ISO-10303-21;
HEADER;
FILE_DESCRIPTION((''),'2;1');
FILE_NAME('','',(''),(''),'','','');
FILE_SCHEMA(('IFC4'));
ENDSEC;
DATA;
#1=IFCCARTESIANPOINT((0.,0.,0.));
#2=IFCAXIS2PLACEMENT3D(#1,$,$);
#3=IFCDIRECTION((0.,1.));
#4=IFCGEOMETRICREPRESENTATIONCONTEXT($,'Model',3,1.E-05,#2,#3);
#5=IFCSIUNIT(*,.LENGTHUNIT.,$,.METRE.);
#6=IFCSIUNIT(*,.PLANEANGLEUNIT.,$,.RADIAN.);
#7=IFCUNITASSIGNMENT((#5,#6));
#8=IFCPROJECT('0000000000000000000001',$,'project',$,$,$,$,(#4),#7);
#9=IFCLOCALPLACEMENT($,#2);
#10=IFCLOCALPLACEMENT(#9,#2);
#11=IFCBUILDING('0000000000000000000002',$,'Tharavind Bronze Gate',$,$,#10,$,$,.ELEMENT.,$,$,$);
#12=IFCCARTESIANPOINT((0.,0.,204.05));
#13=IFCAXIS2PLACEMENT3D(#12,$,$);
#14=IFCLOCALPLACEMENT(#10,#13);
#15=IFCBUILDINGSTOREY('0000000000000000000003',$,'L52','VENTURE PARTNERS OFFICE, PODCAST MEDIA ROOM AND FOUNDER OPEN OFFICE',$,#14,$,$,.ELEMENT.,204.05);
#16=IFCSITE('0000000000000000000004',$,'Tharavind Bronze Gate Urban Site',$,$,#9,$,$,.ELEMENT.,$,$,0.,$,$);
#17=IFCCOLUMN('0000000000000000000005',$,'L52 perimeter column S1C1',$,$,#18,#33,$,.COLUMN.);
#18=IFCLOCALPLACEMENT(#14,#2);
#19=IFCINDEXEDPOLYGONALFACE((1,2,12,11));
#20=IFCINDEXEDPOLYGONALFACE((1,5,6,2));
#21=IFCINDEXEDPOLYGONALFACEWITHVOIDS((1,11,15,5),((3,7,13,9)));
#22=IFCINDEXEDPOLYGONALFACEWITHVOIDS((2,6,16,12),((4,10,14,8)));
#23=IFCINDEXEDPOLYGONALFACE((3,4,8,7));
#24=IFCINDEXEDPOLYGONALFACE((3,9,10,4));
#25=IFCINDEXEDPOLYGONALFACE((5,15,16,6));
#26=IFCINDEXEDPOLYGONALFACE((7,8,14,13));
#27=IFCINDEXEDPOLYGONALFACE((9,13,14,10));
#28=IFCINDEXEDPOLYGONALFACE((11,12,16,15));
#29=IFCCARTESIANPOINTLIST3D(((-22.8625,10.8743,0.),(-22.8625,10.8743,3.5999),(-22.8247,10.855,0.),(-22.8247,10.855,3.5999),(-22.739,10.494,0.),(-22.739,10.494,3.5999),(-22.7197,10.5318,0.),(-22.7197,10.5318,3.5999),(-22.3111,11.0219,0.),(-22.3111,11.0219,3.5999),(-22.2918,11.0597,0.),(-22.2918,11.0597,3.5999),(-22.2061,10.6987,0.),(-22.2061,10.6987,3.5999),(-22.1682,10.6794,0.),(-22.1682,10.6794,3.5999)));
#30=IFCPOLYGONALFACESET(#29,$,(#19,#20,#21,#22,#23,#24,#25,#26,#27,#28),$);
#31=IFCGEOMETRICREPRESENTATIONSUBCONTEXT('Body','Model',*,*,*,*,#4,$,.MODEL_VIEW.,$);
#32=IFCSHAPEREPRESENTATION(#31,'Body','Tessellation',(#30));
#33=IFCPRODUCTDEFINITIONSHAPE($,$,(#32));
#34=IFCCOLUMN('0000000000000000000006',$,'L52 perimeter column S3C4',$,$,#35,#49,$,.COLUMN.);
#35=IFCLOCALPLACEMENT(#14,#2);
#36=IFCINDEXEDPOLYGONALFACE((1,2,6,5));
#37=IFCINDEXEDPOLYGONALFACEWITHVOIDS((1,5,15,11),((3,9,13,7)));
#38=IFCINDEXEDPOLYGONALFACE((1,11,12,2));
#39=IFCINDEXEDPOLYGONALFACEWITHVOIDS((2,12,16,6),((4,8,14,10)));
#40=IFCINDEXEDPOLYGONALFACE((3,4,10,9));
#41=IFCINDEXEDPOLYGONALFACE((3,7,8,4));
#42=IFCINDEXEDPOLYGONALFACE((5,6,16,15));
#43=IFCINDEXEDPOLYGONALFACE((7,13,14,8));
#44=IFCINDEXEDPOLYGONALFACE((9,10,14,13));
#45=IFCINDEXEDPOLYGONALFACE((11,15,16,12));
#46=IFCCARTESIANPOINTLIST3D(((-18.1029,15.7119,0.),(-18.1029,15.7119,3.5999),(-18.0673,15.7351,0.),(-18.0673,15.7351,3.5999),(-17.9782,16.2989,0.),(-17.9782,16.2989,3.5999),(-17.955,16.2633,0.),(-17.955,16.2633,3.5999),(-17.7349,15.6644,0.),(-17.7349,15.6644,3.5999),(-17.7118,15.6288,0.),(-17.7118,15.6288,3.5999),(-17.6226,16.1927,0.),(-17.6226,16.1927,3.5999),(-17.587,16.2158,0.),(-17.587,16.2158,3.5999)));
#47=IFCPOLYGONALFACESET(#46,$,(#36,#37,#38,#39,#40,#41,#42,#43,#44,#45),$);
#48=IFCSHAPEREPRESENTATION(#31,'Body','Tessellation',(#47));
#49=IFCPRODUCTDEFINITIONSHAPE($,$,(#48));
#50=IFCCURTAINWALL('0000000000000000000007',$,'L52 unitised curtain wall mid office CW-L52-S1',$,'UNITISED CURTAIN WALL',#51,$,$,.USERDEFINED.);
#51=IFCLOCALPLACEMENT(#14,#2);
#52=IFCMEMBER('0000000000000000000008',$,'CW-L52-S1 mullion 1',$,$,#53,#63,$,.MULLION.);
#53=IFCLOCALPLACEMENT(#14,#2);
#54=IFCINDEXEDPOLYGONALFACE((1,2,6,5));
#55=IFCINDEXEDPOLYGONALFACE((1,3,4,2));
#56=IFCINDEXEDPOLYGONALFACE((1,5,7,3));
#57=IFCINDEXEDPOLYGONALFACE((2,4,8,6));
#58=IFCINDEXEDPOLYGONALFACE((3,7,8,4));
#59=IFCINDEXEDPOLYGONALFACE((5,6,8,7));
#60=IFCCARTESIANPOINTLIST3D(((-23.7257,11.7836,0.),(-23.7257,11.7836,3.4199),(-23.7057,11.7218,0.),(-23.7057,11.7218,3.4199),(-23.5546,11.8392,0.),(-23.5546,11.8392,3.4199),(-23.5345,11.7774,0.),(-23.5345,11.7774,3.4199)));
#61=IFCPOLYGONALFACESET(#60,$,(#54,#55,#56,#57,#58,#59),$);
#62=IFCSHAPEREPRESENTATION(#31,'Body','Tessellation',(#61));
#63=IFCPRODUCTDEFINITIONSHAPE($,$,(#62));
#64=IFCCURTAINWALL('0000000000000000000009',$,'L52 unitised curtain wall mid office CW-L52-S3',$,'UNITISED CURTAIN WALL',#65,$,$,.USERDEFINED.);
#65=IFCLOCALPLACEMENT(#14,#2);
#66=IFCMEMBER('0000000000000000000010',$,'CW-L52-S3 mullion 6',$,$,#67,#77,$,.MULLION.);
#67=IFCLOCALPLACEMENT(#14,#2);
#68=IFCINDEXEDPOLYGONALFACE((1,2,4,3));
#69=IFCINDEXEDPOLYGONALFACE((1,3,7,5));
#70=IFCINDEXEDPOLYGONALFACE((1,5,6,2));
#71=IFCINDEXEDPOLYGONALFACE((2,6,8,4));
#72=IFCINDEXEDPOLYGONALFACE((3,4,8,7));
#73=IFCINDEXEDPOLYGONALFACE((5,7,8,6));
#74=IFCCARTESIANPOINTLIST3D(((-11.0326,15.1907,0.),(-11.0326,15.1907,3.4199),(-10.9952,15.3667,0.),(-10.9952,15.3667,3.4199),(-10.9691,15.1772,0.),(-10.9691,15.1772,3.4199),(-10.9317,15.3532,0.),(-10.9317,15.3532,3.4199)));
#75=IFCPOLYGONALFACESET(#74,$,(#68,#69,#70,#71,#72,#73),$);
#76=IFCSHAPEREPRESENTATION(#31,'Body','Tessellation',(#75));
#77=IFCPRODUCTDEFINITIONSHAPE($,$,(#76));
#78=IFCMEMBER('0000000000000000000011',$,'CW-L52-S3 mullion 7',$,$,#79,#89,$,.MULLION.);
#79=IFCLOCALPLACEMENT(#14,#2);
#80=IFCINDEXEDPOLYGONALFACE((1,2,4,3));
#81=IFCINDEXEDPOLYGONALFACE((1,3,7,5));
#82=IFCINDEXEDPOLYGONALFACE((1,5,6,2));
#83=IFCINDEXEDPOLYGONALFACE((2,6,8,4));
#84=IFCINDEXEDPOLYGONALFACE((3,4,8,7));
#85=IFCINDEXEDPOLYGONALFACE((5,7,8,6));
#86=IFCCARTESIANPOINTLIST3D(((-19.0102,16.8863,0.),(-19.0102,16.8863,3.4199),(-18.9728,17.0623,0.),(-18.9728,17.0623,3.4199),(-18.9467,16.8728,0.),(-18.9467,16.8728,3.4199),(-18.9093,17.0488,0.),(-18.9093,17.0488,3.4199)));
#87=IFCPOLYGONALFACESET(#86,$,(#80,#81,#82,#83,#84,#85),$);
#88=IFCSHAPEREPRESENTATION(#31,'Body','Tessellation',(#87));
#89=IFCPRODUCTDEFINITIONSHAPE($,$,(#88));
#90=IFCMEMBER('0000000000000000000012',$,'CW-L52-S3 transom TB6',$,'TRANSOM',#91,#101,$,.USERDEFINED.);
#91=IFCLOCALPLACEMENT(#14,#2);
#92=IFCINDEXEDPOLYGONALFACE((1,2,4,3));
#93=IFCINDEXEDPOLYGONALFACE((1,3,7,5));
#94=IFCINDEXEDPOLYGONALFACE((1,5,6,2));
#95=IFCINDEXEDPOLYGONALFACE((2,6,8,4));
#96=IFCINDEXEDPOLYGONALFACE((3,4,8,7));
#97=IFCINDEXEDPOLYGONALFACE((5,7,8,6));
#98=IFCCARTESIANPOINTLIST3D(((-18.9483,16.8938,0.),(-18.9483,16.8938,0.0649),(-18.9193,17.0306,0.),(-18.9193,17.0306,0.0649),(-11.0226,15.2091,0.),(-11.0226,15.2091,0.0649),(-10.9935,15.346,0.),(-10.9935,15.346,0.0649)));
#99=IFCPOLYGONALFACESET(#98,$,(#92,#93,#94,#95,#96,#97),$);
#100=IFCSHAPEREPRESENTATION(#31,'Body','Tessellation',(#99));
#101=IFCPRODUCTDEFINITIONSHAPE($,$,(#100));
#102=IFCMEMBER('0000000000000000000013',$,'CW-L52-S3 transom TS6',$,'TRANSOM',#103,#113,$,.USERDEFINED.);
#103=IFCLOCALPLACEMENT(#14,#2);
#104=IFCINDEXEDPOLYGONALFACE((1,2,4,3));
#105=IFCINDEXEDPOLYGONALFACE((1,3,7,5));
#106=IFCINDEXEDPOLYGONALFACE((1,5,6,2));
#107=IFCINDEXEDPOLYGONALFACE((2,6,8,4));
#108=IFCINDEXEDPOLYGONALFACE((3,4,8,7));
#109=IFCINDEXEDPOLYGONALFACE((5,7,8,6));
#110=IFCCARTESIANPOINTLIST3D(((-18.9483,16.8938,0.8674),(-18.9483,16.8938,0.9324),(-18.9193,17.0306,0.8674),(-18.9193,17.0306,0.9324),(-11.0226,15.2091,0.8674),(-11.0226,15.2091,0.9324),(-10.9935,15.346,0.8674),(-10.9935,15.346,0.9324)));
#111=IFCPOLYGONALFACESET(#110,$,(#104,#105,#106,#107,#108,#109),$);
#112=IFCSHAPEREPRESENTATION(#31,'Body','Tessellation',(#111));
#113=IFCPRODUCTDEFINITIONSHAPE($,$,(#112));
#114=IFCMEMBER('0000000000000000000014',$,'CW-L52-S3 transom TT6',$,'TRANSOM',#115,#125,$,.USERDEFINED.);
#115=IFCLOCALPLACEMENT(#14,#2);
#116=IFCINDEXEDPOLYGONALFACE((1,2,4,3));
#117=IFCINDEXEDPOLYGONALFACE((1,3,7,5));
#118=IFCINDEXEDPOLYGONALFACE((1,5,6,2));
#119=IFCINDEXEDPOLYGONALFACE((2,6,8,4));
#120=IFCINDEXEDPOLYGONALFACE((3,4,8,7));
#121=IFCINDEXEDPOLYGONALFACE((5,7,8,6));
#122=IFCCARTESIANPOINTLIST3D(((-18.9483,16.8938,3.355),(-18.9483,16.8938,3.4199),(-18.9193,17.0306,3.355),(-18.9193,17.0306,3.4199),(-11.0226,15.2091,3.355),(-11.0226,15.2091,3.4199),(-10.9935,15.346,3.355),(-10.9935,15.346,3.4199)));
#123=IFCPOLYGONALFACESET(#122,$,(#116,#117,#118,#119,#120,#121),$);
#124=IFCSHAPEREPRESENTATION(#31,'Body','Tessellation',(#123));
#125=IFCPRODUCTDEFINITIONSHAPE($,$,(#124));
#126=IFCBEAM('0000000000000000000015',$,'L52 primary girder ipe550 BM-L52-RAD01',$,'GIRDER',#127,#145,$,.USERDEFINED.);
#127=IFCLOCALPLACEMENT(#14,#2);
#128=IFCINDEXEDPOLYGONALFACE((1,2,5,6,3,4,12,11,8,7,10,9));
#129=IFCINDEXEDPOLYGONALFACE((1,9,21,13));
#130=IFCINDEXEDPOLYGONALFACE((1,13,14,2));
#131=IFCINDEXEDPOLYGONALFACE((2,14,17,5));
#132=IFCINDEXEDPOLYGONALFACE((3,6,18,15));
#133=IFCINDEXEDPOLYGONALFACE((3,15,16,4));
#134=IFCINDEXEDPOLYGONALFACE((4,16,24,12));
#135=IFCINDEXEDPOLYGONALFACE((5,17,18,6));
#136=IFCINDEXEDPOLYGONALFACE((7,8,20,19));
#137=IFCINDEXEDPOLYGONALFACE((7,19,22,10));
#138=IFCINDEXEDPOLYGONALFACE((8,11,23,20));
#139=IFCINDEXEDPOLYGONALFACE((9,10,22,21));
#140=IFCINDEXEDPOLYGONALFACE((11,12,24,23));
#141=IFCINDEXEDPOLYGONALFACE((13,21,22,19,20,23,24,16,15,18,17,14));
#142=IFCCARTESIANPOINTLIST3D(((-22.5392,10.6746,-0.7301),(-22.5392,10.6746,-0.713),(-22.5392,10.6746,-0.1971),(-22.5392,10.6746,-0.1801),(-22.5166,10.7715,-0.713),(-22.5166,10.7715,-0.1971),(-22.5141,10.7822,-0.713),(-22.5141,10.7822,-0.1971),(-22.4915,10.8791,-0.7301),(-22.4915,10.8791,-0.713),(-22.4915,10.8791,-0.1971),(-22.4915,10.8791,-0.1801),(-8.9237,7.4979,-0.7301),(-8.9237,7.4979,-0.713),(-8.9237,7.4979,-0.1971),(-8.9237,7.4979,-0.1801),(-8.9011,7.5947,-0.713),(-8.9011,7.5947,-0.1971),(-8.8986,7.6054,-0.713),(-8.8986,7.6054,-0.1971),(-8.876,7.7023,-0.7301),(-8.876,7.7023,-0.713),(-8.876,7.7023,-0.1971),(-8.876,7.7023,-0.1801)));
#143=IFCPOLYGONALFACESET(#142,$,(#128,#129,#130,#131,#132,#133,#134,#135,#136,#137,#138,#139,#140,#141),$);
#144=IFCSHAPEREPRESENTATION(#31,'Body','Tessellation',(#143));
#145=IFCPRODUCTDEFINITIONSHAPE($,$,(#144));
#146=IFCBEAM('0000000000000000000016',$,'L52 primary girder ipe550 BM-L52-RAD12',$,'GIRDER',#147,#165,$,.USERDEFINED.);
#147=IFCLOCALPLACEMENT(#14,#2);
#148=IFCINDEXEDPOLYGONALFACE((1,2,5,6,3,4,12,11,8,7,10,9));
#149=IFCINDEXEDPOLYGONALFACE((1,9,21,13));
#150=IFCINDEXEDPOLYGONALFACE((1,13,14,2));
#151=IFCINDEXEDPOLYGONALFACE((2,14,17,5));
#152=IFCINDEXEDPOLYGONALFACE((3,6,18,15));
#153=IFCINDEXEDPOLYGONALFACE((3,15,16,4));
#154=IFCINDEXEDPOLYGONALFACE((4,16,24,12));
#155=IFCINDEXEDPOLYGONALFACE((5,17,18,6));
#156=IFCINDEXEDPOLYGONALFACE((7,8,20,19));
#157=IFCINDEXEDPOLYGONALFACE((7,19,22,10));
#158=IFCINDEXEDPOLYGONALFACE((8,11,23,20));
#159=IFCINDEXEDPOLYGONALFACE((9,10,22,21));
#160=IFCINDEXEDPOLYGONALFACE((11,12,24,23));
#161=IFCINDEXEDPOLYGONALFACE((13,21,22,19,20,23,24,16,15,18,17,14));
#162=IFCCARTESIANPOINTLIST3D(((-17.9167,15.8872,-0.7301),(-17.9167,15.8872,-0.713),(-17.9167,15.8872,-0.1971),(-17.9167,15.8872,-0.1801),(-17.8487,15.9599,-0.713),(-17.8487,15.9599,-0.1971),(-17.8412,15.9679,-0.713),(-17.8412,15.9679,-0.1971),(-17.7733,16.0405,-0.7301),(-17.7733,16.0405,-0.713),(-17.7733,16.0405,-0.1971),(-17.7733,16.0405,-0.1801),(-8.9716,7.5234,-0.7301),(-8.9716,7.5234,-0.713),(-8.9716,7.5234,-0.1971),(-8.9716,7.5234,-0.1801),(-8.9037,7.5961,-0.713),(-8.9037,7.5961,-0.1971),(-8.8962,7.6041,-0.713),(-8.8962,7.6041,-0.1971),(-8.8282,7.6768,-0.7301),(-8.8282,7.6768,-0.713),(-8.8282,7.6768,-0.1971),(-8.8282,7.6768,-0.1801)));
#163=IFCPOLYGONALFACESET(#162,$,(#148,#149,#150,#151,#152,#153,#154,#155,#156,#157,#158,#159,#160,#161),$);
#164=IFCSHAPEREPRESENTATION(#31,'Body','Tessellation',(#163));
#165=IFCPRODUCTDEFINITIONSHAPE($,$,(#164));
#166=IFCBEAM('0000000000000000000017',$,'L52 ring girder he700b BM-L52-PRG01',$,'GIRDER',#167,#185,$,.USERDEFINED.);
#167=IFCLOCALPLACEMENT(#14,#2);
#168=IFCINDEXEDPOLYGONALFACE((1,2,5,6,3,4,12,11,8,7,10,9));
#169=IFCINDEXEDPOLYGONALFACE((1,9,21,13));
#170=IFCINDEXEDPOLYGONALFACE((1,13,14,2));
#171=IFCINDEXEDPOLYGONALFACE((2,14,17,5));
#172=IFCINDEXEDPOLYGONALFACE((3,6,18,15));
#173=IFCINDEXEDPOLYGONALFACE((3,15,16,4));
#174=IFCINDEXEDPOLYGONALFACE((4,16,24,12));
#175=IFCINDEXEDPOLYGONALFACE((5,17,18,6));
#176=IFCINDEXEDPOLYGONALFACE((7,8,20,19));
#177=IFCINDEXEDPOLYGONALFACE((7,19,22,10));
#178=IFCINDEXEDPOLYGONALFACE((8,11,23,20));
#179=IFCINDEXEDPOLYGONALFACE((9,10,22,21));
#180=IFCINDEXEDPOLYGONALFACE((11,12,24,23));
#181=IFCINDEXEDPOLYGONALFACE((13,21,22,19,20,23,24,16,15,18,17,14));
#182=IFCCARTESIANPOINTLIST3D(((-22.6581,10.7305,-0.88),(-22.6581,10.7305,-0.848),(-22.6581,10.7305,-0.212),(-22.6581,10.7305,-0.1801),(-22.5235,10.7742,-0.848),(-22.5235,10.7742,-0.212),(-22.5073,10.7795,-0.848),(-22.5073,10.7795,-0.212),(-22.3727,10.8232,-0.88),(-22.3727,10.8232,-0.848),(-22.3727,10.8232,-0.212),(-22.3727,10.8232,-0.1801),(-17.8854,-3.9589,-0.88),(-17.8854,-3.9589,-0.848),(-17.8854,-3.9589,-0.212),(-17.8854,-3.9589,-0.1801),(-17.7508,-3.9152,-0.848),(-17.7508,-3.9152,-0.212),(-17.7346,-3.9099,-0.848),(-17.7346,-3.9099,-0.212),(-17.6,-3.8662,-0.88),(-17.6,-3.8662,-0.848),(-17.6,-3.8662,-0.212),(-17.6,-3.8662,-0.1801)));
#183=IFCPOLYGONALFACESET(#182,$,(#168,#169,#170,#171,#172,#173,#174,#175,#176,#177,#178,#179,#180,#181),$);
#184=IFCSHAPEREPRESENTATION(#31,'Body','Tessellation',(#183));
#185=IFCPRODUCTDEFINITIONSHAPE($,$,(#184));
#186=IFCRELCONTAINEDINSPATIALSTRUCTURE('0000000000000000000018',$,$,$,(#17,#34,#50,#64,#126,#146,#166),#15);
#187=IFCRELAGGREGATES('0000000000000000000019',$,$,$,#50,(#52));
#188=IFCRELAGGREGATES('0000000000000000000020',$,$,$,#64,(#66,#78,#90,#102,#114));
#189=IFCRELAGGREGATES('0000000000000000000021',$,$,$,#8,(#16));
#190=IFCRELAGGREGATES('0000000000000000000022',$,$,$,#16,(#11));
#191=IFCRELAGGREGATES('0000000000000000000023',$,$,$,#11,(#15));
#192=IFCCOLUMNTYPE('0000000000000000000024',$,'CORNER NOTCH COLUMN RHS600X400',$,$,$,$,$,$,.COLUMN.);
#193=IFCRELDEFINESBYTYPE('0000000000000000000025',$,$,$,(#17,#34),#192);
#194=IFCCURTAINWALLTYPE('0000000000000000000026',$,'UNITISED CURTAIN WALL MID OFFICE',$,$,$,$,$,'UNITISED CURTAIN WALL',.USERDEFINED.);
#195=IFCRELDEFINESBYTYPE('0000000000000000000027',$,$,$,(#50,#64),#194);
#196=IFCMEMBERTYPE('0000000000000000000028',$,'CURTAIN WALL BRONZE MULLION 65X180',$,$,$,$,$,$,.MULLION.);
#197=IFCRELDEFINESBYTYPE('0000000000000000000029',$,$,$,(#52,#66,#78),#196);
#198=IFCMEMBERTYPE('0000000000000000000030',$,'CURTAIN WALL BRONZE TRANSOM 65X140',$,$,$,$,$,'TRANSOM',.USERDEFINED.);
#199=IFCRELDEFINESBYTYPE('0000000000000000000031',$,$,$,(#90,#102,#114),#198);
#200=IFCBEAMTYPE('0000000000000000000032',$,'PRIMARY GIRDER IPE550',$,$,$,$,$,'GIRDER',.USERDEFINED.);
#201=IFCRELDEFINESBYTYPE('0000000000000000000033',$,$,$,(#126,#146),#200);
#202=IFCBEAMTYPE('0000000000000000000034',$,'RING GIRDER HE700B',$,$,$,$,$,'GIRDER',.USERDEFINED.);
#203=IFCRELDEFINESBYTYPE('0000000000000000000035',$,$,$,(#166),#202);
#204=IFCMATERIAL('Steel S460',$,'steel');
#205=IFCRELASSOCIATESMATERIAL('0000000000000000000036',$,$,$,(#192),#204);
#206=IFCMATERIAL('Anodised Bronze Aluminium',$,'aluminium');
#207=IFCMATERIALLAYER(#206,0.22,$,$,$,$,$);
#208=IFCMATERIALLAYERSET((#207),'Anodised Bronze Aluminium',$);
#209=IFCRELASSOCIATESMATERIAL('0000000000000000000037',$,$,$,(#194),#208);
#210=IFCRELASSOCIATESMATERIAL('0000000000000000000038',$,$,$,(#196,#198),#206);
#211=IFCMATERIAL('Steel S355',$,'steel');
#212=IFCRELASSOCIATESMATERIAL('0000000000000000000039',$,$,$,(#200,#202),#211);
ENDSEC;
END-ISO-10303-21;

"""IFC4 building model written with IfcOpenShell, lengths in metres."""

from ifc_helpers import new_model, si_unit, direction, frame, origin, origin_2d, place, context, subcontext, project, spatial, rectangle, hollow_rectangle, i_section, extrude, material, layer, layer_set, material_profile, profile_set, type_object, element, aggregate, save


model = new_model("IFC4")

# Units and contexts
model_context = context("Model", 3, precision=1e-05, world=origin(), true_north=direction((0.0, 1.0)))
body_context = subcontext(model_context, "Body", "Model", "MODEL_VIEW")
ifc_project = project(units=[si_unit("LENGTHUNIT", "METRE"), si_unit("PLANEANGLEUNIT", "RADIAN")], contexts=[model_context])

# Site, building, storey
site_placement = place(None, origin())
site = spatial("IfcSite", under=ifc_project, at=site_placement, Name="Tharavind Bronze Gate Urban Site", CompositionType="ELEMENT", RefElevation=0.0)
building_placement = place(site_placement, origin())
building = spatial("IfcBuilding", under=site, at=building_placement, Name="Tharavind Bronze Gate", CompositionType="ELEMENT")
storey_placement = place(building_placement, frame((0.0, 0.0, 204.05)))
storey = spatial("IfcBuildingStorey", under=building, at=storey_placement, Name="L52", Description="VENTURE PARTNERS OFFICE, PODCAST MEDIA ROOM AND FOUNDER OPEN OFFICE", CompositionType="ELEMENT", Elevation=204.05)

# Columns
ifc_material_1 = material(Name="Steel S460", Category="steel")
ifc_material_profile_1 = material_profile(ifc_material_1, hollow_rectangle(XDim=0.3999, YDim=0.6001, WallThickness=0.03, at=origin_2d()), Name="RHS600X400X30")
ifc_profile_set_1 = profile_set([ifc_material_profile_1], Name="Steel S460")
column_type = type_object("IfcColumnType", Name="CORNER NOTCH COLUMN RHS600X400", PredefinedType="COLUMN", material=ifc_profile_set_1)
for number, where, z_axis, x_axis, name in (
    (1, (-22.5154, 10.7769, 0.0), (0.0, 0.0, 1.0), (-0.309017, 0.951057, 0.0), "L52 perimeter column S1C1"),
    (2, (-17.845, 15.9639, 0.0), (0.0, 0.0, 1.0), (-0.978148, 0.207912, 0.0), "L52 perimeter column S3C4"),
):
    element("IfcColumn", number, at=place(storey_placement, frame(where, z_axis=z_axis, x_axis=x_axis)), inside=storey, type_object=column_type, Name=name, PredefinedType="COLUMN", context=body_context, shape_type="SweptSolid", body=[
        extrude(hollow_rectangle(XDim=0.3999, YDim=0.6001, WallThickness=0.03, at=origin_2d()), origin(), (0.0, 0.0, 1.0), 3.5999),
    ])

# Curtain wall, member
ifc_material_2 = material(Name="Anodised Bronze Aluminium", Category="aluminium")
ifc_layer_1 = layer(ifc_material_2, 0.22)
ifc_layer_set_1 = layer_set([ifc_layer_1], Name="Anodised Bronze Aluminium")
curtain_wall_type = type_object("IfcCurtainWallType", Name="UNITISED CURTAIN WALL MID OFFICE", ElementType="UNITISED CURTAIN WALL", PredefinedType="USERDEFINED", material=ifc_layer_set_1)
curtain_wall_1_placement = place(storey_placement, origin())
curtain_wall_1 = element("IfcCurtainWall", 3, at=curtain_wall_1_placement, inside=storey, type_object=curtain_wall_type, Name="L52 unitised curtain wall mid office CW-L52-S1", ObjectType="UNITISED CURTAIN WALL", PredefinedType="USERDEFINED")
member_type_1 = type_object("IfcMemberType", Name="CURTAIN WALL BRONZE MULLION 65X180", PredefinedType="MULLION", material=ifc_material_2)
member_1_placement = place(storey_placement, frame((-23.6301, 11.7805, 0.0), z_axis=(0.0, 0.0, 1.0), x_axis=(0.309017, -0.951057, 0.0)))
member_1 = element("IfcMember", 4, at=member_1_placement, type_object=member_type_1, Name="CW-L52-S1 mullion 1", PredefinedType="MULLION", context=body_context, shape_type="SweptSolid", body=[
    extrude(rectangle(XDim=0.0649, YDim=0.1799, at=origin_2d()), origin(), (0.0, 0.0, 1.0), 3.4199),
])
aggregate(curtain_wall_1, [member_1])

# Curtain wall, members
curtain_wall_2_placement = place(storey_placement, origin())
curtain_wall_2 = element("IfcCurtainWall", 5, at=curtain_wall_2_placement, inside=storey, type_object=curtain_wall_type, Name="L52 unitised curtain wall mid office CW-L52-S3", ObjectType="UNITISED CURTAIN WALL", PredefinedType="USERDEFINED")
member_2_placement = place(storey_placement, frame((-10.9822, 15.272, 0.0), z_axis=(0.0, 0.0, 1.0), x_axis=(-0.978148, 0.207912, 0.0)))
member_2 = element("IfcMember", 6, at=member_2_placement, type_object=member_type_1, Name="CW-L52-S3 mullion 6", PredefinedType="MULLION", context=body_context, shape_type="SweptSolid", body=[
    extrude(rectangle(XDim=0.0649, YDim=0.1799, at=origin_2d()), origin(), (0.0, 0.0, 1.0), 3.4199),
])
member_3_placement = place(storey_placement, frame((-18.9597, 16.9675, 0.0), z_axis=(0.0, 0.0, 1.0), x_axis=(-0.978148, 0.207912, 0.0)))
member_3 = element("IfcMember", 7, at=member_3_placement, type_object=member_type_1, Name="CW-L52-S3 mullion 7", PredefinedType="MULLION", context=body_context, shape_type="SweptSolid", body=[
    extrude(rectangle(XDim=0.0649, YDim=0.1799, at=origin_2d()), origin(), (0.0, 0.0, 1.0), 3.4199),
])
member_type_2 = type_object("IfcMemberType", Name="CURTAIN WALL BRONZE TRANSOM 65X140", ElementType="TRANSOM", PredefinedType="USERDEFINED", material=ifc_material_2)
member_4_placement = place(storey_placement, frame((-14.9709, 16.1199, 0.0), z_axis=(0.0, 0.0, 1.0), x_axis=(-0.978148, 0.207912, 0.0)))
member_4 = element("IfcMember", 8, at=member_4_placement, type_object=member_type_2, Name="CW-L52-S3 transom TB6", ObjectType="TRANSOM", PredefinedType="USERDEFINED", context=body_context, shape_type="SweptSolid", body=[
    extrude(rectangle(XDim=8.1028, YDim=0.1399, at=origin_2d()), origin(), (0.0, 0.0, 1.0), 0.0649),
])
member_5_placement = place(storey_placement, frame((-14.9709, 16.1199, 0.8674), z_axis=(0.0, 0.0, 1.0), x_axis=(-0.978148, 0.207912, 0.0)))
member_5 = element("IfcMember", 9, at=member_5_placement, type_object=member_type_2, Name="CW-L52-S3 transom TS6", ObjectType="TRANSOM", PredefinedType="USERDEFINED", context=body_context, shape_type="SweptSolid", body=[
    extrude(rectangle(XDim=8.1028, YDim=0.1399, at=origin_2d()), origin(), (0.0, 0.0, 1.0), 0.0649),
])
member_6_placement = place(storey_placement, frame((-14.9709, 16.1199, 3.355), z_axis=(0.0, 0.0, 1.0), x_axis=(-0.978148, 0.207912, 0.0)))
member_6 = element("IfcMember", 10, at=member_6_placement, type_object=member_type_2, Name="CW-L52-S3 transom TT6", ObjectType="TRANSOM", PredefinedType="USERDEFINED", context=body_context, shape_type="SweptSolid", body=[
    extrude(rectangle(XDim=8.1028, YDim=0.1399, at=origin_2d()), origin(), (0.0, 0.0, 1.0), 0.0649),
])

# Beams
ifc_material_3 = material(Name="Steel S355", Category="steel")
ifc_material_profile_2 = material_profile(ifc_material_3, i_section(OverallWidth=0.21, OverallDepth=0.55, WebThickness=0.011, FlangeThickness=0.0171, at=origin_2d()), Name="IPE550")
ifc_profile_set_2 = profile_set([ifc_material_profile_2], Name="Steel S355")
beam_type_1 = type_object("IfcBeamType", Name="PRIMARY GIRDER IPE550", ElementType="GIRDER", PredefinedType="USERDEFINED", material=ifc_profile_set_2)
beam_1_placement = place(storey_placement, frame((-22.5154, 10.7769, -0.4551), z_axis=(0.973844, -0.227217, 0.0), x_axis=(0.227217, 0.973844, 0.0)))
element("IfcBeam", 11, at=beam_1_placement, inside=storey, type_object=beam_type_1, Name="L52 primary girder ipe550 BM-L52-RAD01", ObjectType="GIRDER", PredefinedType="USERDEFINED", context=body_context, shape_type="SweptSolid", body=[
    extrude(i_section(OverallWidth=0.21, OverallDepth=0.55, WebThickness=0.011, FlangeThickness=0.0171, at=origin_2d()), origin(), (0.0, 0.0, 1.0), 13.9812),
])
beam_2_placement = place(storey_placement, frame((-17.845, 15.9639, -0.4551), z_axis=(0.730442, -0.682974, 0.0), x_axis=(0.682974, 0.730442, 0.0)))
element("IfcBeam", 12, at=beam_2_placement, inside=storey, type_object=beam_type_1, Name="L52 primary girder ipe550 BM-L52-RAD12", ObjectType="GIRDER", PredefinedType="USERDEFINED", context=body_context, shape_type="SweptSolid", body=[
    extrude(i_section(OverallWidth=0.21, OverallDepth=0.55, WebThickness=0.011, FlangeThickness=0.0171, at=origin_2d()), origin(), (0.0, 0.0, 1.0), 12.2461),
])
ifc_material_profile_3 = material_profile(ifc_material_3, i_section(OverallWidth=0.3, OverallDepth=0.7, WebThickness=0.0171, FlangeThickness=0.032, at=origin_2d()), Name="HE700B")
ifc_profile_set_3 = profile_set([ifc_material_profile_3], Name="Steel S355")
beam_type_2 = type_object("IfcBeamType", Name="RING GIRDER HE700B", ElementType="GIRDER", PredefinedType="USERDEFINED", material=ifc_profile_set_3)
beam_3_placement = place(storey_placement, frame((-22.5154, 10.7769, -0.53), z_axis=(0.309006, -0.95106, 0.0), x_axis=(0.95106, 0.309006, 0.0)))
element("IfcBeam", 13, at=beam_3_placement, inside=storey, type_object=beam_type_2, Name="L52 ring girder he700b BM-L52-PRG01", ObjectType="GIRDER", PredefinedType="USERDEFINED", context=body_context, shape_type="SweptSolid", body=[
    extrude(i_section(OverallWidth=0.3, OverallDepth=0.7, WebThickness=0.0171, FlangeThickness=0.032, at=origin_2d()), origin(), (0.0, 0.0, 1.0), 15.4453),
])

aggregate(curtain_wall_2, [member_2, member_3, member_4, member_5, member_6])

save(model, "model.ifc")
